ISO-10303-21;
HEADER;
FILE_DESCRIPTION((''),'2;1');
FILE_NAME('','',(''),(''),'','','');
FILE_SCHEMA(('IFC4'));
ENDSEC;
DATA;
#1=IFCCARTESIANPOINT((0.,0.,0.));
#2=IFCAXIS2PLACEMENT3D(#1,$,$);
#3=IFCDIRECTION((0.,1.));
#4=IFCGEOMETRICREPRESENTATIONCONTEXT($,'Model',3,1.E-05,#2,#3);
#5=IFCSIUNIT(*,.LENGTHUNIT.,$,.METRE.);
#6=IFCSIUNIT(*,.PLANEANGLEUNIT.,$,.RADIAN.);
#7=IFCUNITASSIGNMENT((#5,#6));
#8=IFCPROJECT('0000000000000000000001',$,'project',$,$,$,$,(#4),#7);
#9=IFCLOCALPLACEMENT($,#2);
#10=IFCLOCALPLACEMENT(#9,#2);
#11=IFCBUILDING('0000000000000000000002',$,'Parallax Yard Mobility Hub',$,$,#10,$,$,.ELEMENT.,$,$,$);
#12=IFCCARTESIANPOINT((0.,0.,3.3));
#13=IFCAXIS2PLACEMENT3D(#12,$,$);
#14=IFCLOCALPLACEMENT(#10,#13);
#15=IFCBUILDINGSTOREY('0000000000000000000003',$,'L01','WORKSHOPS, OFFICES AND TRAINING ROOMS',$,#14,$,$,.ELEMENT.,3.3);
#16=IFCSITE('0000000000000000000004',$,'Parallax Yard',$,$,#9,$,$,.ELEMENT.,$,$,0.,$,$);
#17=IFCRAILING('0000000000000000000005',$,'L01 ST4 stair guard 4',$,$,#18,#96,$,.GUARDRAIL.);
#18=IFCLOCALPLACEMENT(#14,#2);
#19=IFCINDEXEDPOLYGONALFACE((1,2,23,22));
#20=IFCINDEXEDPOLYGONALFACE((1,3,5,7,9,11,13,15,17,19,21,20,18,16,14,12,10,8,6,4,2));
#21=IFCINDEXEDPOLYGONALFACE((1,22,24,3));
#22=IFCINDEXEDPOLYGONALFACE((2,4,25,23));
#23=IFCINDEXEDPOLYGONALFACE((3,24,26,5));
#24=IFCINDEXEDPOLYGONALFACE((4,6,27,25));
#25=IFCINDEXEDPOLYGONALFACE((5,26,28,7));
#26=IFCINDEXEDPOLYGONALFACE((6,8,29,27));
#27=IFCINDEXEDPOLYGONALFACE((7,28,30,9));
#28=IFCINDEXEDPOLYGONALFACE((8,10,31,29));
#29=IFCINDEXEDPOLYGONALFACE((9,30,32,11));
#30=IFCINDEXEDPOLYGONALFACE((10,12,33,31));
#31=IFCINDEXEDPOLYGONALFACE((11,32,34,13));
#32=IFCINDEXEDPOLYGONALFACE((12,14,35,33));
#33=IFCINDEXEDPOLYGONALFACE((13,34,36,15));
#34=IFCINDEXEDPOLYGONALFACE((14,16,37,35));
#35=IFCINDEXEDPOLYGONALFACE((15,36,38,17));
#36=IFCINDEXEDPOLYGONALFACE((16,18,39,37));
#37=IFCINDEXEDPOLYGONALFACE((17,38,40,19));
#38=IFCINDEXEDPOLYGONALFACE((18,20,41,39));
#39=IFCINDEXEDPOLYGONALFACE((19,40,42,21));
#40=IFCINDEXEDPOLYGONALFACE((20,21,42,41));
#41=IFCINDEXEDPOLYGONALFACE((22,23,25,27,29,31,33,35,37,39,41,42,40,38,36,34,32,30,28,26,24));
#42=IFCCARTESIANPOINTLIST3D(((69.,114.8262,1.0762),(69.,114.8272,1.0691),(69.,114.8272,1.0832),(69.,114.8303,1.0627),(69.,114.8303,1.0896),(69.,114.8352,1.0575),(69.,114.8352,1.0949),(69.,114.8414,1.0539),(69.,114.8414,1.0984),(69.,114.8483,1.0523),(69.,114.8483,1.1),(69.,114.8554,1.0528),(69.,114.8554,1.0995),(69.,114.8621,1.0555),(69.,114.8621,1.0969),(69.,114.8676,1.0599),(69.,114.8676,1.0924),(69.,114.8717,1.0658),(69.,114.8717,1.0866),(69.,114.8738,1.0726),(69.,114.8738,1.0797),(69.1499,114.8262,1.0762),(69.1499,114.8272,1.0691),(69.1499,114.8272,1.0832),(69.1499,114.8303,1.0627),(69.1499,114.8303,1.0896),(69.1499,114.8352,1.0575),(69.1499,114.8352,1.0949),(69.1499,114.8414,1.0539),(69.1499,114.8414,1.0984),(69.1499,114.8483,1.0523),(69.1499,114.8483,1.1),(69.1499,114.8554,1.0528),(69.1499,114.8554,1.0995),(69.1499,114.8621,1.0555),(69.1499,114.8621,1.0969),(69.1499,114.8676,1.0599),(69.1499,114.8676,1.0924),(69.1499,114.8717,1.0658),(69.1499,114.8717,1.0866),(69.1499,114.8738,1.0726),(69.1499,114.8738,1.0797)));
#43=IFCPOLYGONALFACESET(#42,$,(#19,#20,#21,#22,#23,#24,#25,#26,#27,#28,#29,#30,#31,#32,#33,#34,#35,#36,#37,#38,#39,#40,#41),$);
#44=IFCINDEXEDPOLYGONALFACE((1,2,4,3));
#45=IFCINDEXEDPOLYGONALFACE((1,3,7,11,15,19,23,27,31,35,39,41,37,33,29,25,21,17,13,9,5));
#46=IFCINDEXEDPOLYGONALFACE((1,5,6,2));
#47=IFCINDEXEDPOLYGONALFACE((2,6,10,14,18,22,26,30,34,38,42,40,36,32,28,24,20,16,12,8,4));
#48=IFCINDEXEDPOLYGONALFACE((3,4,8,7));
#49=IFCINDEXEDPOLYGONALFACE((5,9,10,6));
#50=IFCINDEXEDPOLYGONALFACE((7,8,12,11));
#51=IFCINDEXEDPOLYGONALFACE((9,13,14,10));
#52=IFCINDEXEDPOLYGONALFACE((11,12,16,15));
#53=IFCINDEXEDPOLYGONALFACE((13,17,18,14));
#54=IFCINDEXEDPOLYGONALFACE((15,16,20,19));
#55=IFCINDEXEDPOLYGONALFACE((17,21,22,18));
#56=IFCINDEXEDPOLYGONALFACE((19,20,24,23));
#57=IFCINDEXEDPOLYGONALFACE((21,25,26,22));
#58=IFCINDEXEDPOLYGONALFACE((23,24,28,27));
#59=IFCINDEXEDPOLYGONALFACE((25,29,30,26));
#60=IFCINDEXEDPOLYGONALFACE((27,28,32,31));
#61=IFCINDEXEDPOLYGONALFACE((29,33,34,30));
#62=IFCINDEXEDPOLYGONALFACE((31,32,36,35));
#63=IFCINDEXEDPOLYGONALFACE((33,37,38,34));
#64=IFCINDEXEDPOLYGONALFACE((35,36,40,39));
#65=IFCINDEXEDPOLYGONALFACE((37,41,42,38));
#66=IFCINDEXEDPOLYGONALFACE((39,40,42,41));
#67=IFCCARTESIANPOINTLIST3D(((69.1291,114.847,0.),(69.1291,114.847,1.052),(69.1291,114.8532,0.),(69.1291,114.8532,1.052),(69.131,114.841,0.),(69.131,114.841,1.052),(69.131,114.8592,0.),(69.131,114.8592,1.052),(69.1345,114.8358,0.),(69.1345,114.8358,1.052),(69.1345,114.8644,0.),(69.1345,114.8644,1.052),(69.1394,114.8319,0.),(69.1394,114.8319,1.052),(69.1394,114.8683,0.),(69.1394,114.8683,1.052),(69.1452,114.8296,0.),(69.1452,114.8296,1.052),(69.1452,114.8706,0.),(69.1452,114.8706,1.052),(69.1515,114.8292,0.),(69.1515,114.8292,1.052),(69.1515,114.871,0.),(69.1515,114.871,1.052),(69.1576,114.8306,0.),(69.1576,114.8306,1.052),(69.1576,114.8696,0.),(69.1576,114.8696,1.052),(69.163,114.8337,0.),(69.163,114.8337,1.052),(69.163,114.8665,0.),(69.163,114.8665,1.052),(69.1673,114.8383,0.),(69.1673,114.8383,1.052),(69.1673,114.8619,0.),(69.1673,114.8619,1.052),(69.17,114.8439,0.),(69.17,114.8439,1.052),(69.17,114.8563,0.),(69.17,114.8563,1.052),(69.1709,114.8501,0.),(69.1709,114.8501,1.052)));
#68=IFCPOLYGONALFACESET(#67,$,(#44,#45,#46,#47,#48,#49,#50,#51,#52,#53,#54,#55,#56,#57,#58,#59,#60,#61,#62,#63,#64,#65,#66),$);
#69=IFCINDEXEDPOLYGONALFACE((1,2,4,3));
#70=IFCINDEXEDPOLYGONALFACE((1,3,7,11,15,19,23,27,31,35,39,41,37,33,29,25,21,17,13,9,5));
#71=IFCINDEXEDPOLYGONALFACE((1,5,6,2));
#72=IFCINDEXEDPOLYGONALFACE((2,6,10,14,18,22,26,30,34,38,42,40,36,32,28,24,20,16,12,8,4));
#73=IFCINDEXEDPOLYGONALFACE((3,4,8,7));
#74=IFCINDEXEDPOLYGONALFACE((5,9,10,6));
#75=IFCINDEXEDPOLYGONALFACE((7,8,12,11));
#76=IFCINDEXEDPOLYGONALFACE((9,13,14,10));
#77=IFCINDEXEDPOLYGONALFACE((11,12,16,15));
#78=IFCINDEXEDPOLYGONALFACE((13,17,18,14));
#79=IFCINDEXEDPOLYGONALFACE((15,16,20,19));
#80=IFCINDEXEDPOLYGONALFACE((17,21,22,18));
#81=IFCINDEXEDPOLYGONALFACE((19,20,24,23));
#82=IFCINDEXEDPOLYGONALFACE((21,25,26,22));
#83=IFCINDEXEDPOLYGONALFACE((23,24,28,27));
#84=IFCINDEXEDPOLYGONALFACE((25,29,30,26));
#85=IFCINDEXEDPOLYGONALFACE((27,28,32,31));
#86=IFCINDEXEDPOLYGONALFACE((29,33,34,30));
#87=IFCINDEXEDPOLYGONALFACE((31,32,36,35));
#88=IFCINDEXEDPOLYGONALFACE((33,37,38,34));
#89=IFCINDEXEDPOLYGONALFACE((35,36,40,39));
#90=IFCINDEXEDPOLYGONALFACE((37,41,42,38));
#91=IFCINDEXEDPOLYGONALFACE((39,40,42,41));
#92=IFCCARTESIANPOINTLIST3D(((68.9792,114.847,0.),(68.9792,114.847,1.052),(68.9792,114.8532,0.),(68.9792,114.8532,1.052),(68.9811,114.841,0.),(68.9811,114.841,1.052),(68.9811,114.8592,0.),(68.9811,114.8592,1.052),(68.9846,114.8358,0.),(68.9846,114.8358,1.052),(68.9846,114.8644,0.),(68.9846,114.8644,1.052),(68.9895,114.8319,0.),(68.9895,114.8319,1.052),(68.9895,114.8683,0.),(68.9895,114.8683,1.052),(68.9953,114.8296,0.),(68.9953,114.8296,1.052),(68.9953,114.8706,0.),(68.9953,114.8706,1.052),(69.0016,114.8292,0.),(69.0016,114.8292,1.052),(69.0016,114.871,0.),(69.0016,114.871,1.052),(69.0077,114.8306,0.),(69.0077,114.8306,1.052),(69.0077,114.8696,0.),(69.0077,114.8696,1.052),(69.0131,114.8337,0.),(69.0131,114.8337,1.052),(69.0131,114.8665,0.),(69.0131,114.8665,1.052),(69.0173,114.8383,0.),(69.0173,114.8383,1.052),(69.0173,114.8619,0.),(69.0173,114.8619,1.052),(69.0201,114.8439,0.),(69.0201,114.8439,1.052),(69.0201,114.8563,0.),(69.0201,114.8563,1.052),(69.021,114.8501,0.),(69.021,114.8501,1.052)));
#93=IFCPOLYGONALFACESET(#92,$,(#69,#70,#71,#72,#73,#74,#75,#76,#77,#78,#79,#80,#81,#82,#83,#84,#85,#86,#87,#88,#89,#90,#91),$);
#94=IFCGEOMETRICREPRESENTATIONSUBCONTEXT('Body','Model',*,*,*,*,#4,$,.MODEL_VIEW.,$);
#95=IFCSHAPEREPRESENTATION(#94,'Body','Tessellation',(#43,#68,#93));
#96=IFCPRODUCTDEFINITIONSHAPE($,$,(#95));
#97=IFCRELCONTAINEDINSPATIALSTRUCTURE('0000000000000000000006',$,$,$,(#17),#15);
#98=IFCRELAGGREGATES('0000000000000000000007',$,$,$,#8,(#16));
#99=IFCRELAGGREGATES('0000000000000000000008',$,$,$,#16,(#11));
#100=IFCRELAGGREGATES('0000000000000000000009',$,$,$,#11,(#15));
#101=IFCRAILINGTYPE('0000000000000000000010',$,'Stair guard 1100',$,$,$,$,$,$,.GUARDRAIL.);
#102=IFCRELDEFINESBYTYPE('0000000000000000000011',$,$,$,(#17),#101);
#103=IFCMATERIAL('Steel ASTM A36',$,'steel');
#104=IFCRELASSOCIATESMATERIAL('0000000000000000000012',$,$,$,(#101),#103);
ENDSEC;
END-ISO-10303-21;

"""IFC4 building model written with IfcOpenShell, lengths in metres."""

from ifc_helpers import new_model, si_unit, direction, frame, origin, origin_2d, place, context, subcontext, project, spatial, circle, extrude, material, type_object, element, save


model = new_model("IFC4")

# Units and contexts
model_context = context("Model", 3, precision=1e-05, world=origin(), true_north=direction((0.0, 1.0)))
body_context = subcontext(model_context, "Body", "Model", "MODEL_VIEW")
ifc_project = project(units=[si_unit("LENGTHUNIT", "METRE"), si_unit("PLANEANGLEUNIT", "RADIAN")], contexts=[model_context])

# Site, building, storey
site_placement = place(None, origin())
site = spatial("IfcSite", under=ifc_project, at=site_placement, Name="Parallax Yard", CompositionType="ELEMENT", RefElevation=0.0)
building_placement = place(site_placement, origin())
building = spatial("IfcBuilding", under=site, at=building_placement, Name="Parallax Yard Mobility Hub", CompositionType="ELEMENT")
storey_placement = place(building_placement, frame((0.0, 0.0, 3.3)))
storey = spatial("IfcBuildingStorey", under=building, at=storey_placement, Name="L01", Description="WORKSHOPS, OFFICES AND TRAINING ROOMS", CompositionType="ELEMENT", Elevation=3.3)

# Railing
ifc_material_1 = material(Name="Steel ASTM A36", Category="steel")
railing_type_1 = type_object("IfcRailingType", Name="Stair guard 1100", PredefinedType="GUARDRAIL", material=ifc_material_1)
railing_1_placement = place(storey_placement, frame((69.1499, 114.8501, 0.0)))
element("IfcRailing", 1, at=railing_1_placement, inside=storey, type_object=railing_type_1, Name="L01 ST4 stair guard 4", PredefinedType="GUARDRAIL", context=body_context, shape_type="SweptSolid", body=[
    extrude(circle(Radius=0.0239, at=origin_2d()), frame((0.0, 0.0, 1.0762), z_axis=(-1.0, 0.0, 0.0), x_axis=(0.0, -1.0, 0.0)), (0.0, 0.0, 1.0), 0.1499),
    extrude(circle(Radius=0.021, at=origin_2d()), origin(), (0.0, 0.0, 1.0), 1.052),
    extrude(circle(Radius=0.021, at=origin_2d()), frame((-0.1499, 0.0, 0.0)), (0.0, 0.0, 1.0), 1.052),
])

save(model, "model.ifc")
